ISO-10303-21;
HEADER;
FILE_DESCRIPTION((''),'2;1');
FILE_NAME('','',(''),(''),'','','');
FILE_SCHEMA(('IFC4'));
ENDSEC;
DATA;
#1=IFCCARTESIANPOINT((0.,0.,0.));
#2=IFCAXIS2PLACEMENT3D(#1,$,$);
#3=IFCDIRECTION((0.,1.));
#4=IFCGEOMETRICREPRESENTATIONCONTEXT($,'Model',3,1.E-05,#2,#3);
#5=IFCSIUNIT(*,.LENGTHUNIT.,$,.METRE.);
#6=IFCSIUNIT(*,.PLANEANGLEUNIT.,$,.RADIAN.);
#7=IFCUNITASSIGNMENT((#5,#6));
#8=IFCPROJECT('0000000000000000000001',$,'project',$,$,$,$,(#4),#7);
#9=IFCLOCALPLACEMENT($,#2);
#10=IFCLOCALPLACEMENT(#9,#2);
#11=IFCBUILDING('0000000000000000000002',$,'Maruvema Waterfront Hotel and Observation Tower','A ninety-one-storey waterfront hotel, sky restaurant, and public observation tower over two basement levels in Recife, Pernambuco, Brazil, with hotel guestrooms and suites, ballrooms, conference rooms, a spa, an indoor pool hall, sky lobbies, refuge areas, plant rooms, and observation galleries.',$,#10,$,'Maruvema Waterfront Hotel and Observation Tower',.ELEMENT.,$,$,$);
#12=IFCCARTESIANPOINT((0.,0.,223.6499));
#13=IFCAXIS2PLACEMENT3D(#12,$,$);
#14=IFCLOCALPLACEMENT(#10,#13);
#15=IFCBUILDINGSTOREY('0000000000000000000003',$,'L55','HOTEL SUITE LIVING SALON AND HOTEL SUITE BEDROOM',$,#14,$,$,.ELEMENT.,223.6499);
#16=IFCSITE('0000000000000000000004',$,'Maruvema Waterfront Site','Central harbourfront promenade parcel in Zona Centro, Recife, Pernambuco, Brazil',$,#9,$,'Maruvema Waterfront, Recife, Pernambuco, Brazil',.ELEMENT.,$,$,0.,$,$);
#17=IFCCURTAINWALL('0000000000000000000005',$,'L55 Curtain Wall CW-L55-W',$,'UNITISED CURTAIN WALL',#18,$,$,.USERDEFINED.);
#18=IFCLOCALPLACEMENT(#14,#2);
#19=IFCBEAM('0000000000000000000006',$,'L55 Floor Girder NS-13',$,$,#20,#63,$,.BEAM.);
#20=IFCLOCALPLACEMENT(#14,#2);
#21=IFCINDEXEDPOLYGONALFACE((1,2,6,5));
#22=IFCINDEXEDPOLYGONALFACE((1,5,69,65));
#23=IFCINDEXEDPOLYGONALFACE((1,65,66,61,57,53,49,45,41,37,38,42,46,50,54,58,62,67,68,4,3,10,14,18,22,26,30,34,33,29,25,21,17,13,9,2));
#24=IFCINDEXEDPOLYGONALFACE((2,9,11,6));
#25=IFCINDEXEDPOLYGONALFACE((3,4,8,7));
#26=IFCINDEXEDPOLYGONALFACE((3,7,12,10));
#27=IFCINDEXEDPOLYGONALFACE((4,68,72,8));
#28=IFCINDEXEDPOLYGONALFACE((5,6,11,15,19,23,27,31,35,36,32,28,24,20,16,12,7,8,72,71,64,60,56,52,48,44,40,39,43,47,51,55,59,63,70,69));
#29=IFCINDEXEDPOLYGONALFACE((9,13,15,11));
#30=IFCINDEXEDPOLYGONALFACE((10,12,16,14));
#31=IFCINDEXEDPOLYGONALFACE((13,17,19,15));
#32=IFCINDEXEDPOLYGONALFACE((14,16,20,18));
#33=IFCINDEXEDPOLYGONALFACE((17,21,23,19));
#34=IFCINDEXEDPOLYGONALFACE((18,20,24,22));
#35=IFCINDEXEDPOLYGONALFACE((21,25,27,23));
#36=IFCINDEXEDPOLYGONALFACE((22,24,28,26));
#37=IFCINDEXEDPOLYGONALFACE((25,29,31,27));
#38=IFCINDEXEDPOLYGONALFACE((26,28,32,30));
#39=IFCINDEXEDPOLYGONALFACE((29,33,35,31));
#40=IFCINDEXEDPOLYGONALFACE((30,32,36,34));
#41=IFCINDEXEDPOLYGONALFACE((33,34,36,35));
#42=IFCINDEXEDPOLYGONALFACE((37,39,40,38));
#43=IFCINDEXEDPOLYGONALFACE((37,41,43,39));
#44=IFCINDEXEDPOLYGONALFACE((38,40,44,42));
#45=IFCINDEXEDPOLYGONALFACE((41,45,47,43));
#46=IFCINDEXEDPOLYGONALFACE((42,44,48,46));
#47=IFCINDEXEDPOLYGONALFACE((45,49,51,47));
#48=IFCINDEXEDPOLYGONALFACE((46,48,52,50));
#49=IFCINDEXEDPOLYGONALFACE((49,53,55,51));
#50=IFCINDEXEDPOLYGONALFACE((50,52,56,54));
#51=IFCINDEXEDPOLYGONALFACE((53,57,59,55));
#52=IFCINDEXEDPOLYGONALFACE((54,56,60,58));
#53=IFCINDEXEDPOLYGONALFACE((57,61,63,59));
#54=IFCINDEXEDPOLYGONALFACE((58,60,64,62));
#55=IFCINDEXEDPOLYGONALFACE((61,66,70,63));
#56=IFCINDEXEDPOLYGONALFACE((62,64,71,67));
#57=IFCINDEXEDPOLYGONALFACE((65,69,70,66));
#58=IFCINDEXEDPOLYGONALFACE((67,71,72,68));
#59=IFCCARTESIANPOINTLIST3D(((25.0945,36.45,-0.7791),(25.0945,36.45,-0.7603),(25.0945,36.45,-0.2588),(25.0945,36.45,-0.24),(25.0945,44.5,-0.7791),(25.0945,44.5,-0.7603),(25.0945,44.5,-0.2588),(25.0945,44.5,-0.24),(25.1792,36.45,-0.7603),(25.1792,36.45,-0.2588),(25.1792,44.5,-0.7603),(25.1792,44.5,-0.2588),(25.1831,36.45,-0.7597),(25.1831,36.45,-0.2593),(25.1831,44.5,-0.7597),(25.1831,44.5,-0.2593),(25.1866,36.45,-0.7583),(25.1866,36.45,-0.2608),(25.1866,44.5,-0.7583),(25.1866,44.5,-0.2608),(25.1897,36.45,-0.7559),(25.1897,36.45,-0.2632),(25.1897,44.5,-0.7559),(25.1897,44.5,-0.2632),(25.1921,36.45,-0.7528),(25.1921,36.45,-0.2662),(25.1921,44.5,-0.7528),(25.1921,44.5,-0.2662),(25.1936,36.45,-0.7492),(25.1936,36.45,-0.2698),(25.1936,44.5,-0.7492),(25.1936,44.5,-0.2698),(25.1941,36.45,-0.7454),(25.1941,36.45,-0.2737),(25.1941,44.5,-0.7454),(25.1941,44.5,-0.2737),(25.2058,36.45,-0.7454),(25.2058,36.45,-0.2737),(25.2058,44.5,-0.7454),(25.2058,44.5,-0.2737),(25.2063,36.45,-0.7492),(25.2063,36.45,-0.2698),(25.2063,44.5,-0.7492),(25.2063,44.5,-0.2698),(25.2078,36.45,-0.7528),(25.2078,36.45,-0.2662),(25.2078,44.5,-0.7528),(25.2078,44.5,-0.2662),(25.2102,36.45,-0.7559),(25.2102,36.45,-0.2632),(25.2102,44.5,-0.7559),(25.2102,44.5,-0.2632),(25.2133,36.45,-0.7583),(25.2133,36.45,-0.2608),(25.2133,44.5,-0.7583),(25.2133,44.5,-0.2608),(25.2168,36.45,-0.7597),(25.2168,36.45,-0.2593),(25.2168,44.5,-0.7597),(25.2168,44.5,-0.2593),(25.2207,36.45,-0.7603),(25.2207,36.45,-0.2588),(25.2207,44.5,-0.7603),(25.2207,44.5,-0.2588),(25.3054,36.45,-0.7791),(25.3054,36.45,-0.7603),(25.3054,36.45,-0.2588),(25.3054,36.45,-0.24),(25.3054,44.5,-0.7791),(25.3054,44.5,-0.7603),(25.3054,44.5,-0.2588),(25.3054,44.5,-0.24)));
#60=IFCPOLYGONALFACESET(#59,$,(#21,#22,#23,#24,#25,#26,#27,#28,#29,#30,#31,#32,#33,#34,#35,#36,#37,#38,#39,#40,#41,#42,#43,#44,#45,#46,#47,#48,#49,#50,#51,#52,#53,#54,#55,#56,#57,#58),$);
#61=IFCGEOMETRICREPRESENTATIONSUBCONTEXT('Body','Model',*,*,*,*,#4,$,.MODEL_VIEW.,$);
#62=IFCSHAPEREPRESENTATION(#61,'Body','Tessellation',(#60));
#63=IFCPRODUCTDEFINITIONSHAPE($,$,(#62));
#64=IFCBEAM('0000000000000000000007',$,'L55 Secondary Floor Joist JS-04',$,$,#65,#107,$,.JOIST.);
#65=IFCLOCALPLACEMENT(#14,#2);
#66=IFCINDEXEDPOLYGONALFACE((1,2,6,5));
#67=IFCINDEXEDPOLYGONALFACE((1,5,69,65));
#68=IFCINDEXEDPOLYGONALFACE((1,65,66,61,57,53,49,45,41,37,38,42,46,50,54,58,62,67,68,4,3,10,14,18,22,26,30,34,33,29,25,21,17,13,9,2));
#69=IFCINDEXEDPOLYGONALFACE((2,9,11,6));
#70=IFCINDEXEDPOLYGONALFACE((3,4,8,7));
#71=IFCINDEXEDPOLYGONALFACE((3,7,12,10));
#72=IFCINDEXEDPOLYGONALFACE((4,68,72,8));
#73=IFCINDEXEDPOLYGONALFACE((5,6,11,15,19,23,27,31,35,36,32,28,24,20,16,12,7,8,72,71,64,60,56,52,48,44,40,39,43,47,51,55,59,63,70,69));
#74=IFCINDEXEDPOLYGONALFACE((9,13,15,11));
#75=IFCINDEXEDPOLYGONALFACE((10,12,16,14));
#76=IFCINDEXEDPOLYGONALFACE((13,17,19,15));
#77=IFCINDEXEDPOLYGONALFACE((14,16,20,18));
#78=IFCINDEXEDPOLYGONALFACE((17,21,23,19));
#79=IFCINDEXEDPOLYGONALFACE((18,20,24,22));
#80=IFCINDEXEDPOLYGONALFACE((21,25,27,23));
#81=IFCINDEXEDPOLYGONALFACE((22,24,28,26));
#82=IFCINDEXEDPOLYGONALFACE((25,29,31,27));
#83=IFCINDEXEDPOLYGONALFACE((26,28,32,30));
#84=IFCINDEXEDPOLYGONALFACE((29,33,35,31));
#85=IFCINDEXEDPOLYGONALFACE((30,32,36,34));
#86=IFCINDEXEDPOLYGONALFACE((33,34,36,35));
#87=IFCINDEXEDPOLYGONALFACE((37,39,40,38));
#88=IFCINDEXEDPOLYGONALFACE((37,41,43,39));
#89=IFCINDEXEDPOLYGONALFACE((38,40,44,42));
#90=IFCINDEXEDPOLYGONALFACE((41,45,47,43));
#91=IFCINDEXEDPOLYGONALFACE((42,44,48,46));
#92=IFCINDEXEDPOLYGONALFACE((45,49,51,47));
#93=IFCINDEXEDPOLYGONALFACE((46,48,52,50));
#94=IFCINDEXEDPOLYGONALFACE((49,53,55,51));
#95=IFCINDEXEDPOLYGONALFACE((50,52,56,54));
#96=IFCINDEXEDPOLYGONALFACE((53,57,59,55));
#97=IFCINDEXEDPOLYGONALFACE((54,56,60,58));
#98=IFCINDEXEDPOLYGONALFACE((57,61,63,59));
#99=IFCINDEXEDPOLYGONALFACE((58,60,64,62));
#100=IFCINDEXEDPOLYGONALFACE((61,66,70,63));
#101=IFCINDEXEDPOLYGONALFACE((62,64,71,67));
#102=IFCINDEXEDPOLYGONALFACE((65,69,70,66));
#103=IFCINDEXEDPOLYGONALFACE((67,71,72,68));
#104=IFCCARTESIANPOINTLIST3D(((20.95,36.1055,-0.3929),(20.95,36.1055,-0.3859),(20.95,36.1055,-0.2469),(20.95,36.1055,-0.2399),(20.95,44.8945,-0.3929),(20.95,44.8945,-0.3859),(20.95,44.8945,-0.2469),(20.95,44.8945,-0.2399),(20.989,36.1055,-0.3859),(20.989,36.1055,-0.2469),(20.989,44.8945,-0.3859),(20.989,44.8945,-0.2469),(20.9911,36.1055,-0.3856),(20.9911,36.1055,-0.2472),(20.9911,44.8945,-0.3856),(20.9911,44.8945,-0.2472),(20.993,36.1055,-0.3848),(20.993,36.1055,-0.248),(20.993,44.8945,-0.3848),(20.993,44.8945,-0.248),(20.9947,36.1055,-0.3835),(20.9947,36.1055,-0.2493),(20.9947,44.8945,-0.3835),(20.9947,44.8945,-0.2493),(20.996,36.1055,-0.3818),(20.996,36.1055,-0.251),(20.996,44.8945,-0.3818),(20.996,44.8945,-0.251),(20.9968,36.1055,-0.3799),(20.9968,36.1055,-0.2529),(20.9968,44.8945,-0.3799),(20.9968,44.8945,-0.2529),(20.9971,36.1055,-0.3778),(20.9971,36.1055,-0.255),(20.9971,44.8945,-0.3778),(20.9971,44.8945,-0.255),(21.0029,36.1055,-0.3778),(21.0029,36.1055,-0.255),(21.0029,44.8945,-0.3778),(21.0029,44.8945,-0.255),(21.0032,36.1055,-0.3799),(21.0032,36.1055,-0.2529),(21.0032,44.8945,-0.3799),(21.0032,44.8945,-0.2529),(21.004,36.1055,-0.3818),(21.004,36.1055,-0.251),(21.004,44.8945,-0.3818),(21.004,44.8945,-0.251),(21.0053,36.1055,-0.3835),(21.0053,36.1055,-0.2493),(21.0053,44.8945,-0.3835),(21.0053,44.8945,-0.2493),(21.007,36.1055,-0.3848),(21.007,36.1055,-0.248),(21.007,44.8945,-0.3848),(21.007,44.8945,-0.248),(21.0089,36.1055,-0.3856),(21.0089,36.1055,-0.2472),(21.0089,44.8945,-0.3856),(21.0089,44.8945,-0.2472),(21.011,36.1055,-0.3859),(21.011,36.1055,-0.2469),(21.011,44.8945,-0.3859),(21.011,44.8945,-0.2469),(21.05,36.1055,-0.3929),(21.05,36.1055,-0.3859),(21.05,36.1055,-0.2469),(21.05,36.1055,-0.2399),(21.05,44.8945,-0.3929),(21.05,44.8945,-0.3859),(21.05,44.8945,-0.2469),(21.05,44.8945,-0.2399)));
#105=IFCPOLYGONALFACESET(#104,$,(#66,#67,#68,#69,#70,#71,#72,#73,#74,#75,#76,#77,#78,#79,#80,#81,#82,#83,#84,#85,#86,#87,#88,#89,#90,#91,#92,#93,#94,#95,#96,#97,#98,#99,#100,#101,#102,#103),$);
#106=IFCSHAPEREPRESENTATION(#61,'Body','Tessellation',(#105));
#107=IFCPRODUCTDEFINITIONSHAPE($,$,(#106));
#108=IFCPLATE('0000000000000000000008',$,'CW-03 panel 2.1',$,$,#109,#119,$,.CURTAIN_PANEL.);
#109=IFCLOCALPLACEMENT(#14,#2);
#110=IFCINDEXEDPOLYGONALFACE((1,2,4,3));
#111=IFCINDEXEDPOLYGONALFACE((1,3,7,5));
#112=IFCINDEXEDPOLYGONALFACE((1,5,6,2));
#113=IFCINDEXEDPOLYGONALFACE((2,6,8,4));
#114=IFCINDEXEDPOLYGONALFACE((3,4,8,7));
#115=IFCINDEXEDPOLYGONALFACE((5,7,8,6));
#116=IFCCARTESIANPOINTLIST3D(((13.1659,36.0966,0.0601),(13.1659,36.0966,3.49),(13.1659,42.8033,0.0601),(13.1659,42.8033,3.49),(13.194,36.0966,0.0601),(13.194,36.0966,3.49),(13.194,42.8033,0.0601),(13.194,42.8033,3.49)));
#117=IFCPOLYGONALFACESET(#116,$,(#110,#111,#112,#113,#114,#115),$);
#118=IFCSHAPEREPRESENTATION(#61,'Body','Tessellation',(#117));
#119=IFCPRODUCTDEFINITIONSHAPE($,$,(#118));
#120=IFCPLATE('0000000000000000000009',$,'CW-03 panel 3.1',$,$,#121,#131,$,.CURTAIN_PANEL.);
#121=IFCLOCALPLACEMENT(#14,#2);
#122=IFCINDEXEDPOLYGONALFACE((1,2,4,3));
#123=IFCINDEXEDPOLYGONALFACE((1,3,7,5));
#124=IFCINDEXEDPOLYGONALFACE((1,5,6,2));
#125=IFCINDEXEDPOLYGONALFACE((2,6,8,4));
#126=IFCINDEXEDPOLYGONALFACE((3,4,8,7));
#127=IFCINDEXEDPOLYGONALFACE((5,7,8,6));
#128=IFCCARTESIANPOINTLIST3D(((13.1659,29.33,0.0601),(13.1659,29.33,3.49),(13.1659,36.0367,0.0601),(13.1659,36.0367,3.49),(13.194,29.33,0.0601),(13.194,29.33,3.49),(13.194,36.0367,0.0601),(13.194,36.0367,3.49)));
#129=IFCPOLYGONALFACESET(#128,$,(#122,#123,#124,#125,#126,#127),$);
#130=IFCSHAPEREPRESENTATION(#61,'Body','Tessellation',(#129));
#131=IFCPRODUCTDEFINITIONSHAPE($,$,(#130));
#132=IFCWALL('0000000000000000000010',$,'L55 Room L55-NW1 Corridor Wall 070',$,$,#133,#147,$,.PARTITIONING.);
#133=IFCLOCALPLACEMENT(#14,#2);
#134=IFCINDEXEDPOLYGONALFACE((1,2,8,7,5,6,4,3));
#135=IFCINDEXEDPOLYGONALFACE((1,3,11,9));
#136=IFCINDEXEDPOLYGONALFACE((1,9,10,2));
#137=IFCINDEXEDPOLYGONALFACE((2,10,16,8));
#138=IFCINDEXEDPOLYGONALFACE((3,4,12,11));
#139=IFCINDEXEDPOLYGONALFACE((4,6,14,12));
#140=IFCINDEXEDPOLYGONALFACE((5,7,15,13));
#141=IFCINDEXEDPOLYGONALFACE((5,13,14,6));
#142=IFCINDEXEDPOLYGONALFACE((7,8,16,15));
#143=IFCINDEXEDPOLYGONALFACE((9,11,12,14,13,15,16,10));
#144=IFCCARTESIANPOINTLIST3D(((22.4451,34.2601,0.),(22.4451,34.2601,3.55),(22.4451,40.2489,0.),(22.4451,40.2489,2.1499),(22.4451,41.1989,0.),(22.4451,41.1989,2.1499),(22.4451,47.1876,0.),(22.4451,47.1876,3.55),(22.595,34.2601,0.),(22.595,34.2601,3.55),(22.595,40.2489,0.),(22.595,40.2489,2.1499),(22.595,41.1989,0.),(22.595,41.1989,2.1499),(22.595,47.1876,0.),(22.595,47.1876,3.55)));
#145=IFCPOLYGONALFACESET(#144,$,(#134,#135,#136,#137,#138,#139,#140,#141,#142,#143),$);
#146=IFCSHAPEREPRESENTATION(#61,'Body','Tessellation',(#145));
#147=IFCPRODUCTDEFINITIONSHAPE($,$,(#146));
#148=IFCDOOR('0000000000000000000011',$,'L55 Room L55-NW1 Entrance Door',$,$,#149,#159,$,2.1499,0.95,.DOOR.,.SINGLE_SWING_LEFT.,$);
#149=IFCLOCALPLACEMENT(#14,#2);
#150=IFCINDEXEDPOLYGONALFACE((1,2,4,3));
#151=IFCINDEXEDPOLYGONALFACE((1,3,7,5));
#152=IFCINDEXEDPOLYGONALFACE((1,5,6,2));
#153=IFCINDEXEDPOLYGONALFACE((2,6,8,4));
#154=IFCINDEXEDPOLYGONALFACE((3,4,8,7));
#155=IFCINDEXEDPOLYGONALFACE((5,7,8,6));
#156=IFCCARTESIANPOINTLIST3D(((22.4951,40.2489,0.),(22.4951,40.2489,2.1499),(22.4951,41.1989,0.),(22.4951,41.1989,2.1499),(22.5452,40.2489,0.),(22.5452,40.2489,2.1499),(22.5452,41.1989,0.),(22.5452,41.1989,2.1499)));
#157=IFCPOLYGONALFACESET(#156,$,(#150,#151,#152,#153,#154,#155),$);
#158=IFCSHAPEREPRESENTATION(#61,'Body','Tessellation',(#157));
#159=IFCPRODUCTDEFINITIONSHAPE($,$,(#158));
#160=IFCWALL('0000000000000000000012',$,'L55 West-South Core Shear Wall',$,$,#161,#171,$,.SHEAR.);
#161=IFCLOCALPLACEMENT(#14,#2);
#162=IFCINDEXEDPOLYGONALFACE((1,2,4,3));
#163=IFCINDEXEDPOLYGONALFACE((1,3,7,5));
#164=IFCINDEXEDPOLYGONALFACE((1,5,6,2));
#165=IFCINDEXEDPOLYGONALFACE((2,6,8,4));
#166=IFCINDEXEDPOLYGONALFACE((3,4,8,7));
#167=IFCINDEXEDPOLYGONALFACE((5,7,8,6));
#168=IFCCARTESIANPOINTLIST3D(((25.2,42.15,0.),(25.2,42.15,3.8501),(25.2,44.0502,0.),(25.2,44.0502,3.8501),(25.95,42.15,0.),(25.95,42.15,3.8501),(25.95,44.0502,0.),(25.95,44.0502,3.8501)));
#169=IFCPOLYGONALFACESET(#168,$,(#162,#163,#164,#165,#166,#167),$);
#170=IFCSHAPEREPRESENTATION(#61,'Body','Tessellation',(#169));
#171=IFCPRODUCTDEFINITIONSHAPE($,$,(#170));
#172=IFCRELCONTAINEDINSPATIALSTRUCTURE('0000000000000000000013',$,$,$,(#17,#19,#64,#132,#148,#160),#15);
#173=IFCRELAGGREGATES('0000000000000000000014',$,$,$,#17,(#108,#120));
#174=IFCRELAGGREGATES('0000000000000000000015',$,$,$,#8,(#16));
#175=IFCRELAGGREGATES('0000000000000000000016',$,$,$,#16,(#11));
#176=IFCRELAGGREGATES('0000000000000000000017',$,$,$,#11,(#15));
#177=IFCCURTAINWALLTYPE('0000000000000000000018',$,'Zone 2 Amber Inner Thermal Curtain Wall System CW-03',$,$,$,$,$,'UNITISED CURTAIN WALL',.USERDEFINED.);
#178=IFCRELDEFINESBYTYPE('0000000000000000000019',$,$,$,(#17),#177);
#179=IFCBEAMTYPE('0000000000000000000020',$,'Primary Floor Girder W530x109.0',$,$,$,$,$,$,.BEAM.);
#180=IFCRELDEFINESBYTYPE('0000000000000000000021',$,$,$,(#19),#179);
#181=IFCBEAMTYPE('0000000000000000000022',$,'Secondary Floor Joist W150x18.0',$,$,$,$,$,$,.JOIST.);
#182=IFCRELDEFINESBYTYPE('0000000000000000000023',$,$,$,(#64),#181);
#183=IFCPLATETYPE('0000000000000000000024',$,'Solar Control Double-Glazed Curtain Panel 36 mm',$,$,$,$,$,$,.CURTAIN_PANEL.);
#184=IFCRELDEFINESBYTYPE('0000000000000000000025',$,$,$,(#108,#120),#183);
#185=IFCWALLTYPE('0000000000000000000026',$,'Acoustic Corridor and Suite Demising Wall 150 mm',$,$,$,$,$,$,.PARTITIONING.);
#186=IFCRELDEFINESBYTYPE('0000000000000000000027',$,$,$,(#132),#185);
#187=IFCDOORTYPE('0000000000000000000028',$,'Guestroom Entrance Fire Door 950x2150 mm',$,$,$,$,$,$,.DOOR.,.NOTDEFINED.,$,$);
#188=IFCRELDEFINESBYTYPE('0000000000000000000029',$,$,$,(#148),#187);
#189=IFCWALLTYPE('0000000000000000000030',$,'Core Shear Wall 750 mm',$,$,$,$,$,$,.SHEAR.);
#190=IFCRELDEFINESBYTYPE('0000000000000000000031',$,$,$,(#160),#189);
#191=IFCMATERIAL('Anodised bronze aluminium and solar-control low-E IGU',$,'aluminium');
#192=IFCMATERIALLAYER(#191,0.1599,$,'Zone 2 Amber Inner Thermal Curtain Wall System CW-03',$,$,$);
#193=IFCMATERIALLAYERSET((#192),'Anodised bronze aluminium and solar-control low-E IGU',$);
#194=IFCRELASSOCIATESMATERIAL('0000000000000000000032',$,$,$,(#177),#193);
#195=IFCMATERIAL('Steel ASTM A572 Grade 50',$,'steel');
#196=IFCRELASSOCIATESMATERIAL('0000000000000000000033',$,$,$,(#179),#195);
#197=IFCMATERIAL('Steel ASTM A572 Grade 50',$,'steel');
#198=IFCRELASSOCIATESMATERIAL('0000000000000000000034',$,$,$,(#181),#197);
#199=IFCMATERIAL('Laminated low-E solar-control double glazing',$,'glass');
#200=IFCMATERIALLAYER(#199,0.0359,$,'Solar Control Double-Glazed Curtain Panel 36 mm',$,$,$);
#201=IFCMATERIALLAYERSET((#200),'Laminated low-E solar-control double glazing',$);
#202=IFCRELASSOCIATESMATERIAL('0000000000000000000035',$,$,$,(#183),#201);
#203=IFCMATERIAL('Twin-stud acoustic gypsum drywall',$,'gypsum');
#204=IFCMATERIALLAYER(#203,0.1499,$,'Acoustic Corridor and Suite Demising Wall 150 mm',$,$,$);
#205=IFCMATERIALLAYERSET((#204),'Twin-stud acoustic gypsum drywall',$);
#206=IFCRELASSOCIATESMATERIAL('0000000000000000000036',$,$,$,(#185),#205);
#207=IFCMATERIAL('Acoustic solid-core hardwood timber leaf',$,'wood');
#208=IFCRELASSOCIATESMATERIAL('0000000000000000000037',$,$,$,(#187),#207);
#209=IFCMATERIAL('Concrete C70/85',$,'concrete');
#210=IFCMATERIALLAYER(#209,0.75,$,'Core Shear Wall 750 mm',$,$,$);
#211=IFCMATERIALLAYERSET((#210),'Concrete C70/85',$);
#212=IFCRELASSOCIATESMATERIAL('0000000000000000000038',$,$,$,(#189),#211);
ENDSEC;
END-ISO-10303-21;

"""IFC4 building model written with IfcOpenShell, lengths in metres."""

from ifc_helpers import new_model, si_unit, direction, frame, frame_2d, origin, origin_2d, place, context, subcontext, project, spatial, rectangle, i_section, extrude, material, layer, layer_set, material_profile, profile_set, type_object, element, fill, aggregate, save


model = new_model("IFC4")

# Units and contexts
model_context = context("Model", 3, precision=1e-05, world=origin(), true_north=direction((0.0, 1.0)))
body_context = subcontext(model_context, "Body", "Model", "MODEL_VIEW")
ifc_project = project(units=[si_unit("LENGTHUNIT", "METRE"), si_unit("PLANEANGLEUNIT", "RADIAN")], contexts=[model_context])

# Site, building, storey
site_placement = place(None, origin())
site = spatial("IfcSite", under=ifc_project, at=site_placement, Name="Maruvema Waterfront Site", Description="Central harbourfront promenade parcel in Zona Centro, Recife, Pernambuco, Brazil", LongName="Maruvema Waterfront, Recife, Pernambuco, Brazil", CompositionType="ELEMENT", RefElevation=0.0)
building_placement = place(site_placement, origin())
building = spatial("IfcBuilding", under=site, at=building_placement, Name="Maruvema Waterfront Hotel and Observation Tower", Description="A ninety-one-storey waterfront hotel, sky restaurant, and public observation tower over two basement levels in Recife, Pernambuco, Brazil, with hotel guestrooms and suites, ballrooms, conference rooms, a spa, an indoor pool hall, sky lobbies, refuge areas, plant rooms, and observation galleries.", LongName="Maruvema Waterfront Hotel and Observation Tower", CompositionType="ELEMENT")
storey_placement = place(building_placement, frame((0.0, 0.0, 223.6499)))
storey = spatial("IfcBuildingStorey", under=building, at=storey_placement, Name="L55", Description="HOTEL SUITE LIVING SALON AND HOTEL SUITE BEDROOM", CompositionType="ELEMENT", Elevation=223.6499)

# Curtain wall
ifc_material_1 = material(Name="Anodised bronze aluminium and solar-control low-E IGU", Category="aluminium")
ifc_layer_1 = layer(ifc_material_1, 0.1599, Name="Zone 2 Amber Inner Thermal Curtain Wall System CW-03")
ifc_layer_set_1 = layer_set([ifc_layer_1], Name="Anodised bronze aluminium and solar-control low-E IGU")
curtain_wall_type = type_object("IfcCurtainWallType", Name="Zone 2 Amber Inner Thermal Curtain Wall System CW-03", ElementType="UNITISED CURTAIN WALL", PredefinedType="USERDEFINED", material=ifc_layer_set_1)
curtain_wall_placement = place(storey_placement, origin())
curtain_wall = element("IfcCurtainWall", 1, at=curtain_wall_placement, inside=storey, type_object=curtain_wall_type, Name="L55 Curtain Wall CW-L55-W", ObjectType="UNITISED CURTAIN WALL", PredefinedType="USERDEFINED")

# Beams
ifc_material_2 = material(Name="Steel ASTM A572 Grade 50", Category="steel")
ifc_material_profile_1 = material_profile(ifc_material_2, i_section(OverallWidth=0.2109, OverallDepth=0.5391, WebThickness=0.0117, FlangeThickness=0.0188, FilletRadius=0.0149, at=origin_2d()), Name="W530x109.0")
ifc_profile_set_1 = profile_set([ifc_material_profile_1], Name="Steel ASTM A572 Grade 50")
beam_type_1 = type_object("IfcBeamType", Name="Primary Floor Girder W530x109.0", PredefinedType="BEAM", material=ifc_profile_set_1)
beam_1_placement = place(storey_placement, frame((25.2, 36.45, -0.5095), z_axis=(0.0, 1.0, 0.0), x_axis=(-1.0, 0.0, 0.0)))
element("IfcBeam", 2, at=beam_1_placement, inside=storey, type_object=beam_type_1, Name="L55 Floor Girder NS-13", PredefinedType="BEAM", context=body_context, shape_type="SweptSolid", body=[
    extrude(i_section(OverallWidth=0.2109, OverallDepth=0.5391, WebThickness=0.0117, FlangeThickness=0.0188, FilletRadius=0.0149, at=origin_2d()), origin(), (0.0, 0.0, 1.0), 8.05),
])
ifc_material_3 = material(Name="Steel ASTM A572 Grade 50", Category="steel")
ifc_material_profile_2 = material_profile(ifc_material_3, i_section(OverallWidth=0.1001, OverallDepth=0.1531, WebThickness=0.0059, FlangeThickness=0.0071, FilletRadius=0.0081, at=origin_2d()), Name="W150x18.0")
ifc_profile_set_2 = profile_set([ifc_material_profile_2], Name="Steel ASTM A572 Grade 50")
beam_type_2 = type_object("IfcBeamType", Name="Secondary Floor Joist W150x18.0", PredefinedType="JOIST", material=ifc_profile_set_2)
beam_2_placement = place(storey_placement, frame((21.0, 36.1055, -0.3164), z_axis=(0.0, 1.0, 0.0), x_axis=(-1.0, 0.0, 0.0)))
element("IfcBeam", 3, at=beam_2_placement, inside=storey, type_object=beam_type_2, Name="L55 Secondary Floor Joist JS-04", PredefinedType="JOIST", context=body_context, shape_type="SweptSolid", body=[
    extrude(i_section(OverallWidth=0.1001, OverallDepth=0.1531, WebThickness=0.0059, FlangeThickness=0.0071, FilletRadius=0.0081, at=origin_2d()), origin(), (0.0, 0.0, 1.0), 8.7891),
])

# Plates
ifc_material_4 = material(Name="Laminated low-E solar-control double glazing", Category="glass")
ifc_layer_2 = layer(ifc_material_4, 0.0359, Name="Solar Control Double-Glazed Curtain Panel 36 mm")
ifc_layer_set_2 = layer_set([ifc_layer_2], Name="Laminated low-E solar-control double glazing")
plate_type = type_object("IfcPlateType", Name="Solar Control Double-Glazed Curtain Panel 36 mm", PredefinedType="CURTAIN_PANEL", material=ifc_layer_set_2)
plate_1_placement = place(storey_placement, frame((13.1799, 39.45, 0.0601), z_axis=(0.0, 0.0, 1.0), x_axis=(0.0, -1.0, 0.0)))
plate_1 = element("IfcPlate", 4, at=plate_1_placement, type_object=plate_type, Name="CW-03 panel 2.1", PredefinedType="CURTAIN_PANEL", context=body_context, shape_type="SweptSolid", body=[
    extrude(rectangle(XDim=6.7068, YDim=0.0281, at=origin_2d()), origin(), (0.0, 0.0, 1.0), 3.4299),
])
plate_2_placement = place(storey_placement, frame((13.1799, 32.6833, 0.0601), z_axis=(0.0, 0.0, 1.0), x_axis=(0.0, -1.0, 0.0)))
plate_2 = element("IfcPlate", 5, at=plate_2_placement, type_object=plate_type, Name="CW-03 panel 3.1", PredefinedType="CURTAIN_PANEL", context=body_context, shape_type="SweptSolid", body=[
    extrude(rectangle(XDim=6.7068, YDim=0.0281, at=origin_2d()), origin(), (0.0, 0.0, 1.0), 3.4299),
])
aggregate(curtain_wall, [plate_1, plate_2])

# Wall, opening, door
ifc_material_5 = material(Name="Twin-stud acoustic gypsum drywall", Category="gypsum")
ifc_layer_3 = layer(ifc_material_5, 0.1499, Name="Acoustic Corridor and Suite Demising Wall 150 mm")
ifc_layer_set_3 = layer_set([ifc_layer_3], Name="Twin-stud acoustic gypsum drywall")
wall_type_1 = type_object("IfcWallType", Name="Acoustic Corridor and Suite Demising Wall 150 mm", PredefinedType="PARTITIONING", material=ifc_layer_set_3)
wall_1_placement = place(storey_placement, frame((22.52, 34.26, 0.0), z_axis=(0.0, 0.0, 1.0), x_axis=(0.0, 1.0, 0.0)))
wall_1 = element("IfcWall", 6, at=wall_1_placement, inside=storey, type_object=wall_type_1, Name="L55 Room L55-NW1 Corridor Wall 070", PredefinedType="PARTITIONING", context=body_context, shape_type="SweptSolid", body=[
    extrude(rectangle(XDim=12.9275, YDim=0.1499, at=frame_2d((6.4639, 0.0))), origin(), (0.0, 0.0, 1.0), 3.55),
])
opening_1_placement = place(wall_1_placement, frame((5.9888, 0.0, 0.0)))
opening_1 = element("IfcOpeningElement", 7, at=opening_1_placement, cuts=wall_1, PredefinedType="OPENING", context=body_context, shape_type="SweptSolid", body=[
    extrude(rectangle(XDim=0.95, YDim=2.1499, at=frame_2d((0.4751, 1.075))), frame((0.0, 0.085, 0.0), z_axis=(0.0, -1.0, 0.0), x_axis=(1.0, 0.0, 0.0)), (0.0, 0.0, 1.0), 0.1699),
])
ifc_material_6 = material(Name="Acoustic solid-core hardwood timber leaf", Category="wood")
door_type_1 = type_object("IfcDoorType", Name="Guestroom Entrance Fire Door 950x2150 mm", OperationType="NOTDEFINED", PredefinedType="DOOR", material=ifc_material_6)
door_1_placement = place(opening_1_placement, origin())
door_1 = element("IfcDoor", 8, at=door_1_placement, inside=storey, type_object=door_type_1, Name="L55 Room L55-NW1 Entrance Door", OperationType="SINGLE_SWING_LEFT", OverallHeight=2.1499, OverallWidth=0.95, PredefinedType="DOOR", context=body_context, shape_type="SweptSolid", body=[
    extrude(rectangle(XDim=0.95, YDim=2.1499, at=frame_2d((0.4751, 1.075))), frame((0.0, 0.0249, 0.0), z_axis=(0.0, -1.0, 0.0), x_axis=(1.0, 0.0, 0.0)), (0.0, 0.0, 1.0), 0.05),
])
fill(opening_1, door_1)

# Shared definitions
ifc_material_7 = material(Name="Concrete C70/85", Category="concrete")
ifc_layer_4 = layer(ifc_material_7, 0.75, Name="Core Shear Wall 750 mm")
ifc_layer_set_4 = layer_set([ifc_layer_4], Name="Concrete C70/85")
wall_type_2 = type_object("IfcWallType", Name="Core Shear Wall 750 mm", PredefinedType="SHEAR", material=ifc_layer_set_4)

# Wall
wall_2_placement = place(storey_placement, frame((25.575, 42.1499, 0.0), z_axis=(0.0, 0.0, 1.0), x_axis=(0.0, 1.0, 0.0)))
element("IfcWall", 9, at=wall_2_placement, inside=storey, type_object=wall_type_2, Name="L55 West-South Core Shear Wall", PredefinedType="SHEAR", context=body_context, shape_type="SweptSolid", body=[
    extrude(rectangle(XDim=1.9001, YDim=0.75, at=frame_2d((0.9502, 0.0))), origin(), (0.0, 0.0, 1.0), 3.8501),
])

save(model, "model.ifc")
